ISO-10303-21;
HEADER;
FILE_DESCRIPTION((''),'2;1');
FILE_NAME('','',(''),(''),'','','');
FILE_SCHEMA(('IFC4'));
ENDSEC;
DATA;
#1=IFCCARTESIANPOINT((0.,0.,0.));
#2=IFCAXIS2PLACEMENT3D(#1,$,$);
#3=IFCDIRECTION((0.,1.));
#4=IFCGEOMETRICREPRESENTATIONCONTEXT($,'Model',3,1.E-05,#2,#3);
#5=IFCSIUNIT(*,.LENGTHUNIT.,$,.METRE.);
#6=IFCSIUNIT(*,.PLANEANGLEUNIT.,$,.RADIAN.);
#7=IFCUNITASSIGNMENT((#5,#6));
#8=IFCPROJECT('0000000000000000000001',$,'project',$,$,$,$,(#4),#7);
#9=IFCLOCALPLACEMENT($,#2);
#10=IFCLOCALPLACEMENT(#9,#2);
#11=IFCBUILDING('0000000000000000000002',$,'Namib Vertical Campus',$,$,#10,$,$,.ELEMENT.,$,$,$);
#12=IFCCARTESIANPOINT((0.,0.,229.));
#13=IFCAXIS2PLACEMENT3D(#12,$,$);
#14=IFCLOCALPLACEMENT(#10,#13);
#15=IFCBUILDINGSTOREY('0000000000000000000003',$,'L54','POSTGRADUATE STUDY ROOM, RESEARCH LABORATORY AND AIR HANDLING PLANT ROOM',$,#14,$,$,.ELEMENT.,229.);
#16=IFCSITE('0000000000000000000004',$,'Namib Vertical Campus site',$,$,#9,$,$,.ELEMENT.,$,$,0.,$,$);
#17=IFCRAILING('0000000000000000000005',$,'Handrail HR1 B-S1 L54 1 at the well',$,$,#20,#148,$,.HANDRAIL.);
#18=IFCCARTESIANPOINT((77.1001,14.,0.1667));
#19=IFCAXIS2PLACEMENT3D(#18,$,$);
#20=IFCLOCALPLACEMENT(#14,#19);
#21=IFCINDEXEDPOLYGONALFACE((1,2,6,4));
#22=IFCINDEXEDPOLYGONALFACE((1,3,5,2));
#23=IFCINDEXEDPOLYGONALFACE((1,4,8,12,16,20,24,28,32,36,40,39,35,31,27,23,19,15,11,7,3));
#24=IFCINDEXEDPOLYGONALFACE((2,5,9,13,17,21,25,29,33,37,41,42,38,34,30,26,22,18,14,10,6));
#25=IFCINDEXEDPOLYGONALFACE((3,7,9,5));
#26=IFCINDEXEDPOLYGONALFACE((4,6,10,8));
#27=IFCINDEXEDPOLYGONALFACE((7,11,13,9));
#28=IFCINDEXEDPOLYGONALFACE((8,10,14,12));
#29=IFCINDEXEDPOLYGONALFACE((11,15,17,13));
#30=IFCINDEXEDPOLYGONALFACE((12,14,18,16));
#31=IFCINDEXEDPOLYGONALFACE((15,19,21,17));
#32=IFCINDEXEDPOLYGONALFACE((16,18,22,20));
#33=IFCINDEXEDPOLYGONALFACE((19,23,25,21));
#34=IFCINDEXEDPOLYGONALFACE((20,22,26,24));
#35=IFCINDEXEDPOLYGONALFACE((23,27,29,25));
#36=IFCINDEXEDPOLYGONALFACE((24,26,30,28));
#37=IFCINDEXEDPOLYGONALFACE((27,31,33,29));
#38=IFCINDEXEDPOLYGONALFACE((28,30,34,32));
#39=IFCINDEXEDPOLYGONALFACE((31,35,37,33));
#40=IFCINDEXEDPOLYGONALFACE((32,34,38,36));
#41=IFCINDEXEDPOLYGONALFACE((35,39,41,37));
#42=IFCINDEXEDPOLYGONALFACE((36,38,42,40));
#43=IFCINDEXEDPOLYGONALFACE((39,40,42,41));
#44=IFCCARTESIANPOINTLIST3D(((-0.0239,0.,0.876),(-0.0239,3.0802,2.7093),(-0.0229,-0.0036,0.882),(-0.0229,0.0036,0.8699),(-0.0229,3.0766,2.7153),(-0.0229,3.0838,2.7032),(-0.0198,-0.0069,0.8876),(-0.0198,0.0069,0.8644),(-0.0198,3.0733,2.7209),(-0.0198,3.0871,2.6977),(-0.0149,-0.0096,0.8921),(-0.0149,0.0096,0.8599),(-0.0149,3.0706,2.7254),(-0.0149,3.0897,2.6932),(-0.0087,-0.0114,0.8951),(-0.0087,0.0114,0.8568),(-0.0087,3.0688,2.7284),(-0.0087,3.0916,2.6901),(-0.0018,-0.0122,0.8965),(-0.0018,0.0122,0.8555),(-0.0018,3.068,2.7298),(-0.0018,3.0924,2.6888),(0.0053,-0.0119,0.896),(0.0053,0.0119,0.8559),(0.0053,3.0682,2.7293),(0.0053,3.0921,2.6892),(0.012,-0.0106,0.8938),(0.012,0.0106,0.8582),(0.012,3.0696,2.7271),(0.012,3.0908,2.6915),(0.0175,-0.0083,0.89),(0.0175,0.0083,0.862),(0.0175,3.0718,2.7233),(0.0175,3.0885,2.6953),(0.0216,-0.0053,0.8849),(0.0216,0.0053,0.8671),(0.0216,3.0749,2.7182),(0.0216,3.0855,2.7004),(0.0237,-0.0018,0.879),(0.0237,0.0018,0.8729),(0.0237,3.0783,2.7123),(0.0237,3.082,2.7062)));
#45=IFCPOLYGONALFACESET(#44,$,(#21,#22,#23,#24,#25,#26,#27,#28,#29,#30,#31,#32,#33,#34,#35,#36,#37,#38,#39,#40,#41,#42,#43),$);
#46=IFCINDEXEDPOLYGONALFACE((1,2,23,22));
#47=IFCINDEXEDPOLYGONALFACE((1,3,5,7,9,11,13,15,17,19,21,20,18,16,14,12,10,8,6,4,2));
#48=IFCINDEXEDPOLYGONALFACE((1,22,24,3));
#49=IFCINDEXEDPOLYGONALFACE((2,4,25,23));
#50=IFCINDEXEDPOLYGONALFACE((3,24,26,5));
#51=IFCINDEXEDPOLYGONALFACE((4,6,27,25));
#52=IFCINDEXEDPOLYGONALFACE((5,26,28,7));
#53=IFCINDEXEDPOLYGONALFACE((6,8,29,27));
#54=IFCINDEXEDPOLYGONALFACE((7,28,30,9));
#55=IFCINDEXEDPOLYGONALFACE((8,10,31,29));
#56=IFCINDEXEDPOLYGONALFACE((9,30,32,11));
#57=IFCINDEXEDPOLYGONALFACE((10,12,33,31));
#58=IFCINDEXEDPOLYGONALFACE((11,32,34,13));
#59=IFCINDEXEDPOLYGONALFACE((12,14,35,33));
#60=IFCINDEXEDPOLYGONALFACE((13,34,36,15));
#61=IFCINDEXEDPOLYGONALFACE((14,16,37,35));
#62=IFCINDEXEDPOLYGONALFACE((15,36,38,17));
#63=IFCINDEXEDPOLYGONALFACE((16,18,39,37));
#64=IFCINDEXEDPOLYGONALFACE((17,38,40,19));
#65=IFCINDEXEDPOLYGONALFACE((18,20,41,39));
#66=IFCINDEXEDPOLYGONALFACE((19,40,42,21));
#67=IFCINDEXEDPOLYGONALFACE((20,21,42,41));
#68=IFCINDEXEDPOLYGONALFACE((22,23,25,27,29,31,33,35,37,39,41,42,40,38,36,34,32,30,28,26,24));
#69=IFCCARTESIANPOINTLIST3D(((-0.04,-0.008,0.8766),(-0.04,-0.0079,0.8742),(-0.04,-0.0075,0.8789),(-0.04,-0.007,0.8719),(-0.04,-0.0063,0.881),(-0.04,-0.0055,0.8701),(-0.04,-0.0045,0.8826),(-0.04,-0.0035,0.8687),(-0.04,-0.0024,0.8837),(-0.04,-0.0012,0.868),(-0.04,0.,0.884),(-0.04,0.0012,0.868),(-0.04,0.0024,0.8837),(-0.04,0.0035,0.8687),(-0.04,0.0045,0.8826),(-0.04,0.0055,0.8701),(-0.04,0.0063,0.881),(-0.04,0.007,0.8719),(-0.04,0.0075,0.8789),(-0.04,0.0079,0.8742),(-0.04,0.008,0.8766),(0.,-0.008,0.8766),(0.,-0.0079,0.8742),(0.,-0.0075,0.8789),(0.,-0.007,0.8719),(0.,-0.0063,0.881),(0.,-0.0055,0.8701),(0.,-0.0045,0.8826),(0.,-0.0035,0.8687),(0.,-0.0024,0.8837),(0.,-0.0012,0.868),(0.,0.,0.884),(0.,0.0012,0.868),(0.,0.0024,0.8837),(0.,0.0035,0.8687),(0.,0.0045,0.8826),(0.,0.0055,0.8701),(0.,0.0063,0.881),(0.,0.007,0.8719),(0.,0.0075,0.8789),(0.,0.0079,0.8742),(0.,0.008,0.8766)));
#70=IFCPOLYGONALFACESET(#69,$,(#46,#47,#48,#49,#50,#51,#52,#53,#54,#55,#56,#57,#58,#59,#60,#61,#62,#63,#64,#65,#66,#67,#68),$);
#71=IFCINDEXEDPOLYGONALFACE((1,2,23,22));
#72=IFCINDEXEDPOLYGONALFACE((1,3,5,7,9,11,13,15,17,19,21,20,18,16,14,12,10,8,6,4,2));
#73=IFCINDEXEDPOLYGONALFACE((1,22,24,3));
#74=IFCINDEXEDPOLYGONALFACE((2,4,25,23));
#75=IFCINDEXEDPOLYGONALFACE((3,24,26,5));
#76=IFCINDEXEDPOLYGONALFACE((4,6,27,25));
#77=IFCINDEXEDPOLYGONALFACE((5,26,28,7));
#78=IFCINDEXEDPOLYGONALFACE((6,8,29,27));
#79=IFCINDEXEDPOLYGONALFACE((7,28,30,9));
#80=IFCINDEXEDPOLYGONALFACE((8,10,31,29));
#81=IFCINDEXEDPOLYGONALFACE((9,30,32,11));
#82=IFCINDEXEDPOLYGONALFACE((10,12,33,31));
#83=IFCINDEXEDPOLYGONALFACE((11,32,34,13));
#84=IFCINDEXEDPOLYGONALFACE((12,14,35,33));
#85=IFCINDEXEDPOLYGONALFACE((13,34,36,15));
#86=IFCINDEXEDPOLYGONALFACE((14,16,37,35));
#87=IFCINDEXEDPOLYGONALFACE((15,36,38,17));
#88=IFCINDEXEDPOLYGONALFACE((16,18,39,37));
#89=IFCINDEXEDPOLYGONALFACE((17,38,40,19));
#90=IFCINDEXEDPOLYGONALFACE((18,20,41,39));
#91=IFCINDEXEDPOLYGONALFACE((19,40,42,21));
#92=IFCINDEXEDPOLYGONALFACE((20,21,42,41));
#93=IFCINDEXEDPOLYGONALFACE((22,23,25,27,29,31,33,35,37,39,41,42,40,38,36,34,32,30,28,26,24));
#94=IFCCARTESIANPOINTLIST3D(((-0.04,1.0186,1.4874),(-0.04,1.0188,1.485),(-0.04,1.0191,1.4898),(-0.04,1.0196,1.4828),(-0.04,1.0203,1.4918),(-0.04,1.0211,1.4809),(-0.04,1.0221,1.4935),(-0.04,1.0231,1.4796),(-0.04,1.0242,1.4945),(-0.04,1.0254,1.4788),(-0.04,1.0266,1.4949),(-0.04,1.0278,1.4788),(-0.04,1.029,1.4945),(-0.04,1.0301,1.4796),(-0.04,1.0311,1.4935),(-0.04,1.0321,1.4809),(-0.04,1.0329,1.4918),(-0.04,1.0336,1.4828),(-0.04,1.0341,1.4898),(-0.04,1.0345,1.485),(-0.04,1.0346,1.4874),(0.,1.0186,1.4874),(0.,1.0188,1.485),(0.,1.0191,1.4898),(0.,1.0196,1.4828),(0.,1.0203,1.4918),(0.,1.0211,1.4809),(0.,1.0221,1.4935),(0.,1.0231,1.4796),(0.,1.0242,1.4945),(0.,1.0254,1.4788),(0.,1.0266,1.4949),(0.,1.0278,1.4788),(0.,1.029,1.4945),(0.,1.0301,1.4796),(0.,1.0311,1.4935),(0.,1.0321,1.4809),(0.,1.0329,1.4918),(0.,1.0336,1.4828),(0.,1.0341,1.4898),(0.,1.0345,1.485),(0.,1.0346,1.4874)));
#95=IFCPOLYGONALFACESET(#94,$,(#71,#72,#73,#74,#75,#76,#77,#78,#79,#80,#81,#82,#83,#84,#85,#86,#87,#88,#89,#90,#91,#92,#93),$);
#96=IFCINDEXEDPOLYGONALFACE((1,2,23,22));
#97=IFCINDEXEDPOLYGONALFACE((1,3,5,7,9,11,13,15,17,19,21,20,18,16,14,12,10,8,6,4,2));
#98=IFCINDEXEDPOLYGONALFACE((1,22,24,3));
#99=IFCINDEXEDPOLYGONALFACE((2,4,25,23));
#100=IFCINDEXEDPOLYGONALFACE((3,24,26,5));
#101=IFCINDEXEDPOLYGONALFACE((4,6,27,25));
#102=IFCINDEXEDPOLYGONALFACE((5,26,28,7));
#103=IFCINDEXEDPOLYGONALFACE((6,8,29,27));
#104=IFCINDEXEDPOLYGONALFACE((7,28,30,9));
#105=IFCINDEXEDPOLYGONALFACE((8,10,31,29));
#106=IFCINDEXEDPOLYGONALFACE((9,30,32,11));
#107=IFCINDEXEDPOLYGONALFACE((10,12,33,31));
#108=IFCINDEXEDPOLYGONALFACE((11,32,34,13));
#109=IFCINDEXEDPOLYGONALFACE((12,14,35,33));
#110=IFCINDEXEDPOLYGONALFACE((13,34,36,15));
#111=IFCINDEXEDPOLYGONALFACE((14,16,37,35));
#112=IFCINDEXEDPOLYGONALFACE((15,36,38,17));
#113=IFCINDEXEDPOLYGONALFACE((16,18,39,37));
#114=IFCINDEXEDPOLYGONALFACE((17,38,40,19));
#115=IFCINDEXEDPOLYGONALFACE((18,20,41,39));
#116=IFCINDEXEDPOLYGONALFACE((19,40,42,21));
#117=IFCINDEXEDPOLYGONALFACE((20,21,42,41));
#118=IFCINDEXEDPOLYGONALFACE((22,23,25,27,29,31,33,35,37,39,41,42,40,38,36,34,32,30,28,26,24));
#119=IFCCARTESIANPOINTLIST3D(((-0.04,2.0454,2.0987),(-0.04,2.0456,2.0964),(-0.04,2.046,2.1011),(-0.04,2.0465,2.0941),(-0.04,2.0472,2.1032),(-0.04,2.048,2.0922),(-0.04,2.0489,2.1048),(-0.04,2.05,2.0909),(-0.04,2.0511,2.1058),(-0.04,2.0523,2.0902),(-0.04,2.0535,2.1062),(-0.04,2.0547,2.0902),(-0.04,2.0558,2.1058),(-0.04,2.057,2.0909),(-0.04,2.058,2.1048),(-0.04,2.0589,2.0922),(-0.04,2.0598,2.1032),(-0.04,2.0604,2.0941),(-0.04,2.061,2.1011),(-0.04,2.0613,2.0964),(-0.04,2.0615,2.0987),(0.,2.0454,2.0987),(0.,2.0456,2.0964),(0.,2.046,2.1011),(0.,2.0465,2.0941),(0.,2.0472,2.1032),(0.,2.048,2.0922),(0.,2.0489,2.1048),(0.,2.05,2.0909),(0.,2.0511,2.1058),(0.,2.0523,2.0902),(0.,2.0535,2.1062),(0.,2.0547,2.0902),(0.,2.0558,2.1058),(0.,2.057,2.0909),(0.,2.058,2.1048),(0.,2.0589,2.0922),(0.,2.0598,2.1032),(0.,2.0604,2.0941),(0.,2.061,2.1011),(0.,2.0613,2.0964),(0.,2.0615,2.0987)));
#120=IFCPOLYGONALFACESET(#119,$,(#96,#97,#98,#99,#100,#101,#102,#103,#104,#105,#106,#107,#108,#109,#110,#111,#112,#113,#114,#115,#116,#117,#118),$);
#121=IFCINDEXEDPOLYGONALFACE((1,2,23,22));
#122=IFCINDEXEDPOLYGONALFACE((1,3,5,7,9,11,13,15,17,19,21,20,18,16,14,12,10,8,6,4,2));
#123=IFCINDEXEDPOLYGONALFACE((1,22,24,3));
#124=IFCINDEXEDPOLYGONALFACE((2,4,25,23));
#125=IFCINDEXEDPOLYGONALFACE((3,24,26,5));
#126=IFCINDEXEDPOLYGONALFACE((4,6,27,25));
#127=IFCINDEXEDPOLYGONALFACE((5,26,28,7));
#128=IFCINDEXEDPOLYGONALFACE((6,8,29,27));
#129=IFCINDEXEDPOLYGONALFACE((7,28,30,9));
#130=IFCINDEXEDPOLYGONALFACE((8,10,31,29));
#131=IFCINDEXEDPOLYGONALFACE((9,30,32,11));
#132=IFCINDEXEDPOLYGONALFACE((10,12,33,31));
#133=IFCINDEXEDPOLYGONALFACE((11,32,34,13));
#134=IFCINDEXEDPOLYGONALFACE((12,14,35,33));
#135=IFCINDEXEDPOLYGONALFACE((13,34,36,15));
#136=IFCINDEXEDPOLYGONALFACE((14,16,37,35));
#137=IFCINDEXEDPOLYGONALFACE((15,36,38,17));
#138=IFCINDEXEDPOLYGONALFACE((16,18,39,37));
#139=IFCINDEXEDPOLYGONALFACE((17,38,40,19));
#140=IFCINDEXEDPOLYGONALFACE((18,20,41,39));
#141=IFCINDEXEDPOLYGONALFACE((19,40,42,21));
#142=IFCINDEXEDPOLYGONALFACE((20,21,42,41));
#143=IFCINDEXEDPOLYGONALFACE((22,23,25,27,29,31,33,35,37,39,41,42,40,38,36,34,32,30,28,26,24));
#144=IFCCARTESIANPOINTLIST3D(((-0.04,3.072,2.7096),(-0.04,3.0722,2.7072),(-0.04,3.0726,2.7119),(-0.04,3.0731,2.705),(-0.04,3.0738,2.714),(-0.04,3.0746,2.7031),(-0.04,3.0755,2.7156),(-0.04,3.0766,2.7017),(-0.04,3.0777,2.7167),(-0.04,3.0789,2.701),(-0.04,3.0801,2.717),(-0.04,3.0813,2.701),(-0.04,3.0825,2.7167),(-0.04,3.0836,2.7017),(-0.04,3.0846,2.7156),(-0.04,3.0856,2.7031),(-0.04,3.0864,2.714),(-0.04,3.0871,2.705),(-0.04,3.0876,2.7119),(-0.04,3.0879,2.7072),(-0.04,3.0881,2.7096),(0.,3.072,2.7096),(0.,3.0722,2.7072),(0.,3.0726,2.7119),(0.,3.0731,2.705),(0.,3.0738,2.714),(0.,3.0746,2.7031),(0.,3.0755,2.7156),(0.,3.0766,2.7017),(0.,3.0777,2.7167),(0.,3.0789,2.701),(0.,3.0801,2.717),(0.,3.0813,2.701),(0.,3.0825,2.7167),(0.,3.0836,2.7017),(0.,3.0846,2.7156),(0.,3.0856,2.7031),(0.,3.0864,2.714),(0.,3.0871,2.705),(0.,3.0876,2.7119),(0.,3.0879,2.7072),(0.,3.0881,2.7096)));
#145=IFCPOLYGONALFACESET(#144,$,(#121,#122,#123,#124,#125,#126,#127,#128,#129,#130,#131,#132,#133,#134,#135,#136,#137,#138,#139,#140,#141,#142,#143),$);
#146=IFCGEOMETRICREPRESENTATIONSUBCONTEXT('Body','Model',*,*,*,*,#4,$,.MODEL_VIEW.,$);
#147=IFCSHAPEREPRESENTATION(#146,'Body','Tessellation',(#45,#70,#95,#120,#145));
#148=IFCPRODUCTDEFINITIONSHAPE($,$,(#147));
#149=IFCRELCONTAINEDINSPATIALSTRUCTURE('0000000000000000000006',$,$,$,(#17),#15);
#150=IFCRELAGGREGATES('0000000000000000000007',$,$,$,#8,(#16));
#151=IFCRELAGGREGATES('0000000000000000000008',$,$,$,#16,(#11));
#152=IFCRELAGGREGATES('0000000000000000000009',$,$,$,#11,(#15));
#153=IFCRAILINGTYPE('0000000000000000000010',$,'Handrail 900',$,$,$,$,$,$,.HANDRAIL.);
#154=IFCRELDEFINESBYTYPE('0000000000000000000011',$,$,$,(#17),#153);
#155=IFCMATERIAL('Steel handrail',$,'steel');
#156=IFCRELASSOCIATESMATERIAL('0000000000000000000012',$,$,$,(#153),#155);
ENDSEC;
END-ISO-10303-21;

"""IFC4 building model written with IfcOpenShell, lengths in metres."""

from ifc_helpers import new_model, si_unit, direction, frame, origin, origin_2d, place, context, subcontext, project, spatial, circle, extrude, material, type_object, element, save


model = new_model("IFC4")

# Units and contexts
model_context = context("Model", 3, precision=1e-05, world=origin(), true_north=direction((0.0, 1.0)))
body_context = subcontext(model_context, "Body", "Model", "MODEL_VIEW")
ifc_project = project(units=[si_unit("LENGTHUNIT", "METRE"), si_unit("PLANEANGLEUNIT", "RADIAN")], contexts=[model_context])

# Site, building, storey
site_placement = place(None, origin())
site = spatial("IfcSite", under=ifc_project, at=site_placement, Name="Namib Vertical Campus site", CompositionType="ELEMENT", RefElevation=0.0)
building_placement = place(site_placement, origin())
building = spatial("IfcBuilding", under=site, at=building_placement, Name="Namib Vertical Campus", CompositionType="ELEMENT")
storey_placement = place(building_placement, frame((0.0, 0.0, 229.0)))
storey = spatial("IfcBuildingStorey", under=building, at=storey_placement, Name="L54", Description="POSTGRADUATE STUDY ROOM, RESEARCH LABORATORY AND AIR HANDLING PLANT ROOM", CompositionType="ELEMENT", Elevation=229.0)

# Railing
ifc_material_1 = material(Name="Steel handrail", Category="steel")
railing_type_1 = type_object("IfcRailingType", Name="Handrail 900", PredefinedType="HANDRAIL", material=ifc_material_1)
railing_1_placement = place(storey_placement, frame((77.1001, 14.0, 0.1667)))
element("IfcRailing", 1, at=railing_1_placement, inside=storey, type_object=railing_type_1, Name="Handrail HR1 B-S1 L54 1 at the well", PredefinedType="HANDRAIL", context=body_context, shape_type="SweptSolid", body=[
    extrude(circle(Radius=0.0239, at=origin_2d()), frame((0.0, 0.0, 0.876), z_axis=(0.0, 0.859309, 0.511458), x_axis=(-1.0, 0.0, 0.0)), (0.0, 0.0, 1.0), 3.5845),
    extrude(circle(Radius=0.0081, at=origin_2d()), frame((0.0, 0.0, 0.876), z_axis=(-1.0, 0.0, 0.0), x_axis=(0.0, 0.0, 1.0)), (0.0, 0.0, 1.0), 0.04),
    extrude(circle(Radius=0.0081, at=origin_2d()), frame((0.0, 1.0266, 1.4868), z_axis=(-1.0, 0.0, 0.0), x_axis=(0.0, 0.0, 1.0)), (0.0, 0.0, 1.0), 0.04),
    extrude(circle(Radius=0.0081, at=origin_2d()), frame((0.0, 2.0535, 2.0981), z_axis=(-1.0, 0.0, 0.0), x_axis=(0.0, 0.0, 1.0)), (0.0, 0.0, 1.0), 0.04),
    extrude(circle(Radius=0.0081, at=origin_2d()), frame((0.0, 3.0801, 2.709), z_axis=(-1.0, 0.0, 0.0), x_axis=(0.0, 0.0, 1.0)), (0.0, 0.0, 1.0), 0.04),
])

save(model, "model.ifc")
